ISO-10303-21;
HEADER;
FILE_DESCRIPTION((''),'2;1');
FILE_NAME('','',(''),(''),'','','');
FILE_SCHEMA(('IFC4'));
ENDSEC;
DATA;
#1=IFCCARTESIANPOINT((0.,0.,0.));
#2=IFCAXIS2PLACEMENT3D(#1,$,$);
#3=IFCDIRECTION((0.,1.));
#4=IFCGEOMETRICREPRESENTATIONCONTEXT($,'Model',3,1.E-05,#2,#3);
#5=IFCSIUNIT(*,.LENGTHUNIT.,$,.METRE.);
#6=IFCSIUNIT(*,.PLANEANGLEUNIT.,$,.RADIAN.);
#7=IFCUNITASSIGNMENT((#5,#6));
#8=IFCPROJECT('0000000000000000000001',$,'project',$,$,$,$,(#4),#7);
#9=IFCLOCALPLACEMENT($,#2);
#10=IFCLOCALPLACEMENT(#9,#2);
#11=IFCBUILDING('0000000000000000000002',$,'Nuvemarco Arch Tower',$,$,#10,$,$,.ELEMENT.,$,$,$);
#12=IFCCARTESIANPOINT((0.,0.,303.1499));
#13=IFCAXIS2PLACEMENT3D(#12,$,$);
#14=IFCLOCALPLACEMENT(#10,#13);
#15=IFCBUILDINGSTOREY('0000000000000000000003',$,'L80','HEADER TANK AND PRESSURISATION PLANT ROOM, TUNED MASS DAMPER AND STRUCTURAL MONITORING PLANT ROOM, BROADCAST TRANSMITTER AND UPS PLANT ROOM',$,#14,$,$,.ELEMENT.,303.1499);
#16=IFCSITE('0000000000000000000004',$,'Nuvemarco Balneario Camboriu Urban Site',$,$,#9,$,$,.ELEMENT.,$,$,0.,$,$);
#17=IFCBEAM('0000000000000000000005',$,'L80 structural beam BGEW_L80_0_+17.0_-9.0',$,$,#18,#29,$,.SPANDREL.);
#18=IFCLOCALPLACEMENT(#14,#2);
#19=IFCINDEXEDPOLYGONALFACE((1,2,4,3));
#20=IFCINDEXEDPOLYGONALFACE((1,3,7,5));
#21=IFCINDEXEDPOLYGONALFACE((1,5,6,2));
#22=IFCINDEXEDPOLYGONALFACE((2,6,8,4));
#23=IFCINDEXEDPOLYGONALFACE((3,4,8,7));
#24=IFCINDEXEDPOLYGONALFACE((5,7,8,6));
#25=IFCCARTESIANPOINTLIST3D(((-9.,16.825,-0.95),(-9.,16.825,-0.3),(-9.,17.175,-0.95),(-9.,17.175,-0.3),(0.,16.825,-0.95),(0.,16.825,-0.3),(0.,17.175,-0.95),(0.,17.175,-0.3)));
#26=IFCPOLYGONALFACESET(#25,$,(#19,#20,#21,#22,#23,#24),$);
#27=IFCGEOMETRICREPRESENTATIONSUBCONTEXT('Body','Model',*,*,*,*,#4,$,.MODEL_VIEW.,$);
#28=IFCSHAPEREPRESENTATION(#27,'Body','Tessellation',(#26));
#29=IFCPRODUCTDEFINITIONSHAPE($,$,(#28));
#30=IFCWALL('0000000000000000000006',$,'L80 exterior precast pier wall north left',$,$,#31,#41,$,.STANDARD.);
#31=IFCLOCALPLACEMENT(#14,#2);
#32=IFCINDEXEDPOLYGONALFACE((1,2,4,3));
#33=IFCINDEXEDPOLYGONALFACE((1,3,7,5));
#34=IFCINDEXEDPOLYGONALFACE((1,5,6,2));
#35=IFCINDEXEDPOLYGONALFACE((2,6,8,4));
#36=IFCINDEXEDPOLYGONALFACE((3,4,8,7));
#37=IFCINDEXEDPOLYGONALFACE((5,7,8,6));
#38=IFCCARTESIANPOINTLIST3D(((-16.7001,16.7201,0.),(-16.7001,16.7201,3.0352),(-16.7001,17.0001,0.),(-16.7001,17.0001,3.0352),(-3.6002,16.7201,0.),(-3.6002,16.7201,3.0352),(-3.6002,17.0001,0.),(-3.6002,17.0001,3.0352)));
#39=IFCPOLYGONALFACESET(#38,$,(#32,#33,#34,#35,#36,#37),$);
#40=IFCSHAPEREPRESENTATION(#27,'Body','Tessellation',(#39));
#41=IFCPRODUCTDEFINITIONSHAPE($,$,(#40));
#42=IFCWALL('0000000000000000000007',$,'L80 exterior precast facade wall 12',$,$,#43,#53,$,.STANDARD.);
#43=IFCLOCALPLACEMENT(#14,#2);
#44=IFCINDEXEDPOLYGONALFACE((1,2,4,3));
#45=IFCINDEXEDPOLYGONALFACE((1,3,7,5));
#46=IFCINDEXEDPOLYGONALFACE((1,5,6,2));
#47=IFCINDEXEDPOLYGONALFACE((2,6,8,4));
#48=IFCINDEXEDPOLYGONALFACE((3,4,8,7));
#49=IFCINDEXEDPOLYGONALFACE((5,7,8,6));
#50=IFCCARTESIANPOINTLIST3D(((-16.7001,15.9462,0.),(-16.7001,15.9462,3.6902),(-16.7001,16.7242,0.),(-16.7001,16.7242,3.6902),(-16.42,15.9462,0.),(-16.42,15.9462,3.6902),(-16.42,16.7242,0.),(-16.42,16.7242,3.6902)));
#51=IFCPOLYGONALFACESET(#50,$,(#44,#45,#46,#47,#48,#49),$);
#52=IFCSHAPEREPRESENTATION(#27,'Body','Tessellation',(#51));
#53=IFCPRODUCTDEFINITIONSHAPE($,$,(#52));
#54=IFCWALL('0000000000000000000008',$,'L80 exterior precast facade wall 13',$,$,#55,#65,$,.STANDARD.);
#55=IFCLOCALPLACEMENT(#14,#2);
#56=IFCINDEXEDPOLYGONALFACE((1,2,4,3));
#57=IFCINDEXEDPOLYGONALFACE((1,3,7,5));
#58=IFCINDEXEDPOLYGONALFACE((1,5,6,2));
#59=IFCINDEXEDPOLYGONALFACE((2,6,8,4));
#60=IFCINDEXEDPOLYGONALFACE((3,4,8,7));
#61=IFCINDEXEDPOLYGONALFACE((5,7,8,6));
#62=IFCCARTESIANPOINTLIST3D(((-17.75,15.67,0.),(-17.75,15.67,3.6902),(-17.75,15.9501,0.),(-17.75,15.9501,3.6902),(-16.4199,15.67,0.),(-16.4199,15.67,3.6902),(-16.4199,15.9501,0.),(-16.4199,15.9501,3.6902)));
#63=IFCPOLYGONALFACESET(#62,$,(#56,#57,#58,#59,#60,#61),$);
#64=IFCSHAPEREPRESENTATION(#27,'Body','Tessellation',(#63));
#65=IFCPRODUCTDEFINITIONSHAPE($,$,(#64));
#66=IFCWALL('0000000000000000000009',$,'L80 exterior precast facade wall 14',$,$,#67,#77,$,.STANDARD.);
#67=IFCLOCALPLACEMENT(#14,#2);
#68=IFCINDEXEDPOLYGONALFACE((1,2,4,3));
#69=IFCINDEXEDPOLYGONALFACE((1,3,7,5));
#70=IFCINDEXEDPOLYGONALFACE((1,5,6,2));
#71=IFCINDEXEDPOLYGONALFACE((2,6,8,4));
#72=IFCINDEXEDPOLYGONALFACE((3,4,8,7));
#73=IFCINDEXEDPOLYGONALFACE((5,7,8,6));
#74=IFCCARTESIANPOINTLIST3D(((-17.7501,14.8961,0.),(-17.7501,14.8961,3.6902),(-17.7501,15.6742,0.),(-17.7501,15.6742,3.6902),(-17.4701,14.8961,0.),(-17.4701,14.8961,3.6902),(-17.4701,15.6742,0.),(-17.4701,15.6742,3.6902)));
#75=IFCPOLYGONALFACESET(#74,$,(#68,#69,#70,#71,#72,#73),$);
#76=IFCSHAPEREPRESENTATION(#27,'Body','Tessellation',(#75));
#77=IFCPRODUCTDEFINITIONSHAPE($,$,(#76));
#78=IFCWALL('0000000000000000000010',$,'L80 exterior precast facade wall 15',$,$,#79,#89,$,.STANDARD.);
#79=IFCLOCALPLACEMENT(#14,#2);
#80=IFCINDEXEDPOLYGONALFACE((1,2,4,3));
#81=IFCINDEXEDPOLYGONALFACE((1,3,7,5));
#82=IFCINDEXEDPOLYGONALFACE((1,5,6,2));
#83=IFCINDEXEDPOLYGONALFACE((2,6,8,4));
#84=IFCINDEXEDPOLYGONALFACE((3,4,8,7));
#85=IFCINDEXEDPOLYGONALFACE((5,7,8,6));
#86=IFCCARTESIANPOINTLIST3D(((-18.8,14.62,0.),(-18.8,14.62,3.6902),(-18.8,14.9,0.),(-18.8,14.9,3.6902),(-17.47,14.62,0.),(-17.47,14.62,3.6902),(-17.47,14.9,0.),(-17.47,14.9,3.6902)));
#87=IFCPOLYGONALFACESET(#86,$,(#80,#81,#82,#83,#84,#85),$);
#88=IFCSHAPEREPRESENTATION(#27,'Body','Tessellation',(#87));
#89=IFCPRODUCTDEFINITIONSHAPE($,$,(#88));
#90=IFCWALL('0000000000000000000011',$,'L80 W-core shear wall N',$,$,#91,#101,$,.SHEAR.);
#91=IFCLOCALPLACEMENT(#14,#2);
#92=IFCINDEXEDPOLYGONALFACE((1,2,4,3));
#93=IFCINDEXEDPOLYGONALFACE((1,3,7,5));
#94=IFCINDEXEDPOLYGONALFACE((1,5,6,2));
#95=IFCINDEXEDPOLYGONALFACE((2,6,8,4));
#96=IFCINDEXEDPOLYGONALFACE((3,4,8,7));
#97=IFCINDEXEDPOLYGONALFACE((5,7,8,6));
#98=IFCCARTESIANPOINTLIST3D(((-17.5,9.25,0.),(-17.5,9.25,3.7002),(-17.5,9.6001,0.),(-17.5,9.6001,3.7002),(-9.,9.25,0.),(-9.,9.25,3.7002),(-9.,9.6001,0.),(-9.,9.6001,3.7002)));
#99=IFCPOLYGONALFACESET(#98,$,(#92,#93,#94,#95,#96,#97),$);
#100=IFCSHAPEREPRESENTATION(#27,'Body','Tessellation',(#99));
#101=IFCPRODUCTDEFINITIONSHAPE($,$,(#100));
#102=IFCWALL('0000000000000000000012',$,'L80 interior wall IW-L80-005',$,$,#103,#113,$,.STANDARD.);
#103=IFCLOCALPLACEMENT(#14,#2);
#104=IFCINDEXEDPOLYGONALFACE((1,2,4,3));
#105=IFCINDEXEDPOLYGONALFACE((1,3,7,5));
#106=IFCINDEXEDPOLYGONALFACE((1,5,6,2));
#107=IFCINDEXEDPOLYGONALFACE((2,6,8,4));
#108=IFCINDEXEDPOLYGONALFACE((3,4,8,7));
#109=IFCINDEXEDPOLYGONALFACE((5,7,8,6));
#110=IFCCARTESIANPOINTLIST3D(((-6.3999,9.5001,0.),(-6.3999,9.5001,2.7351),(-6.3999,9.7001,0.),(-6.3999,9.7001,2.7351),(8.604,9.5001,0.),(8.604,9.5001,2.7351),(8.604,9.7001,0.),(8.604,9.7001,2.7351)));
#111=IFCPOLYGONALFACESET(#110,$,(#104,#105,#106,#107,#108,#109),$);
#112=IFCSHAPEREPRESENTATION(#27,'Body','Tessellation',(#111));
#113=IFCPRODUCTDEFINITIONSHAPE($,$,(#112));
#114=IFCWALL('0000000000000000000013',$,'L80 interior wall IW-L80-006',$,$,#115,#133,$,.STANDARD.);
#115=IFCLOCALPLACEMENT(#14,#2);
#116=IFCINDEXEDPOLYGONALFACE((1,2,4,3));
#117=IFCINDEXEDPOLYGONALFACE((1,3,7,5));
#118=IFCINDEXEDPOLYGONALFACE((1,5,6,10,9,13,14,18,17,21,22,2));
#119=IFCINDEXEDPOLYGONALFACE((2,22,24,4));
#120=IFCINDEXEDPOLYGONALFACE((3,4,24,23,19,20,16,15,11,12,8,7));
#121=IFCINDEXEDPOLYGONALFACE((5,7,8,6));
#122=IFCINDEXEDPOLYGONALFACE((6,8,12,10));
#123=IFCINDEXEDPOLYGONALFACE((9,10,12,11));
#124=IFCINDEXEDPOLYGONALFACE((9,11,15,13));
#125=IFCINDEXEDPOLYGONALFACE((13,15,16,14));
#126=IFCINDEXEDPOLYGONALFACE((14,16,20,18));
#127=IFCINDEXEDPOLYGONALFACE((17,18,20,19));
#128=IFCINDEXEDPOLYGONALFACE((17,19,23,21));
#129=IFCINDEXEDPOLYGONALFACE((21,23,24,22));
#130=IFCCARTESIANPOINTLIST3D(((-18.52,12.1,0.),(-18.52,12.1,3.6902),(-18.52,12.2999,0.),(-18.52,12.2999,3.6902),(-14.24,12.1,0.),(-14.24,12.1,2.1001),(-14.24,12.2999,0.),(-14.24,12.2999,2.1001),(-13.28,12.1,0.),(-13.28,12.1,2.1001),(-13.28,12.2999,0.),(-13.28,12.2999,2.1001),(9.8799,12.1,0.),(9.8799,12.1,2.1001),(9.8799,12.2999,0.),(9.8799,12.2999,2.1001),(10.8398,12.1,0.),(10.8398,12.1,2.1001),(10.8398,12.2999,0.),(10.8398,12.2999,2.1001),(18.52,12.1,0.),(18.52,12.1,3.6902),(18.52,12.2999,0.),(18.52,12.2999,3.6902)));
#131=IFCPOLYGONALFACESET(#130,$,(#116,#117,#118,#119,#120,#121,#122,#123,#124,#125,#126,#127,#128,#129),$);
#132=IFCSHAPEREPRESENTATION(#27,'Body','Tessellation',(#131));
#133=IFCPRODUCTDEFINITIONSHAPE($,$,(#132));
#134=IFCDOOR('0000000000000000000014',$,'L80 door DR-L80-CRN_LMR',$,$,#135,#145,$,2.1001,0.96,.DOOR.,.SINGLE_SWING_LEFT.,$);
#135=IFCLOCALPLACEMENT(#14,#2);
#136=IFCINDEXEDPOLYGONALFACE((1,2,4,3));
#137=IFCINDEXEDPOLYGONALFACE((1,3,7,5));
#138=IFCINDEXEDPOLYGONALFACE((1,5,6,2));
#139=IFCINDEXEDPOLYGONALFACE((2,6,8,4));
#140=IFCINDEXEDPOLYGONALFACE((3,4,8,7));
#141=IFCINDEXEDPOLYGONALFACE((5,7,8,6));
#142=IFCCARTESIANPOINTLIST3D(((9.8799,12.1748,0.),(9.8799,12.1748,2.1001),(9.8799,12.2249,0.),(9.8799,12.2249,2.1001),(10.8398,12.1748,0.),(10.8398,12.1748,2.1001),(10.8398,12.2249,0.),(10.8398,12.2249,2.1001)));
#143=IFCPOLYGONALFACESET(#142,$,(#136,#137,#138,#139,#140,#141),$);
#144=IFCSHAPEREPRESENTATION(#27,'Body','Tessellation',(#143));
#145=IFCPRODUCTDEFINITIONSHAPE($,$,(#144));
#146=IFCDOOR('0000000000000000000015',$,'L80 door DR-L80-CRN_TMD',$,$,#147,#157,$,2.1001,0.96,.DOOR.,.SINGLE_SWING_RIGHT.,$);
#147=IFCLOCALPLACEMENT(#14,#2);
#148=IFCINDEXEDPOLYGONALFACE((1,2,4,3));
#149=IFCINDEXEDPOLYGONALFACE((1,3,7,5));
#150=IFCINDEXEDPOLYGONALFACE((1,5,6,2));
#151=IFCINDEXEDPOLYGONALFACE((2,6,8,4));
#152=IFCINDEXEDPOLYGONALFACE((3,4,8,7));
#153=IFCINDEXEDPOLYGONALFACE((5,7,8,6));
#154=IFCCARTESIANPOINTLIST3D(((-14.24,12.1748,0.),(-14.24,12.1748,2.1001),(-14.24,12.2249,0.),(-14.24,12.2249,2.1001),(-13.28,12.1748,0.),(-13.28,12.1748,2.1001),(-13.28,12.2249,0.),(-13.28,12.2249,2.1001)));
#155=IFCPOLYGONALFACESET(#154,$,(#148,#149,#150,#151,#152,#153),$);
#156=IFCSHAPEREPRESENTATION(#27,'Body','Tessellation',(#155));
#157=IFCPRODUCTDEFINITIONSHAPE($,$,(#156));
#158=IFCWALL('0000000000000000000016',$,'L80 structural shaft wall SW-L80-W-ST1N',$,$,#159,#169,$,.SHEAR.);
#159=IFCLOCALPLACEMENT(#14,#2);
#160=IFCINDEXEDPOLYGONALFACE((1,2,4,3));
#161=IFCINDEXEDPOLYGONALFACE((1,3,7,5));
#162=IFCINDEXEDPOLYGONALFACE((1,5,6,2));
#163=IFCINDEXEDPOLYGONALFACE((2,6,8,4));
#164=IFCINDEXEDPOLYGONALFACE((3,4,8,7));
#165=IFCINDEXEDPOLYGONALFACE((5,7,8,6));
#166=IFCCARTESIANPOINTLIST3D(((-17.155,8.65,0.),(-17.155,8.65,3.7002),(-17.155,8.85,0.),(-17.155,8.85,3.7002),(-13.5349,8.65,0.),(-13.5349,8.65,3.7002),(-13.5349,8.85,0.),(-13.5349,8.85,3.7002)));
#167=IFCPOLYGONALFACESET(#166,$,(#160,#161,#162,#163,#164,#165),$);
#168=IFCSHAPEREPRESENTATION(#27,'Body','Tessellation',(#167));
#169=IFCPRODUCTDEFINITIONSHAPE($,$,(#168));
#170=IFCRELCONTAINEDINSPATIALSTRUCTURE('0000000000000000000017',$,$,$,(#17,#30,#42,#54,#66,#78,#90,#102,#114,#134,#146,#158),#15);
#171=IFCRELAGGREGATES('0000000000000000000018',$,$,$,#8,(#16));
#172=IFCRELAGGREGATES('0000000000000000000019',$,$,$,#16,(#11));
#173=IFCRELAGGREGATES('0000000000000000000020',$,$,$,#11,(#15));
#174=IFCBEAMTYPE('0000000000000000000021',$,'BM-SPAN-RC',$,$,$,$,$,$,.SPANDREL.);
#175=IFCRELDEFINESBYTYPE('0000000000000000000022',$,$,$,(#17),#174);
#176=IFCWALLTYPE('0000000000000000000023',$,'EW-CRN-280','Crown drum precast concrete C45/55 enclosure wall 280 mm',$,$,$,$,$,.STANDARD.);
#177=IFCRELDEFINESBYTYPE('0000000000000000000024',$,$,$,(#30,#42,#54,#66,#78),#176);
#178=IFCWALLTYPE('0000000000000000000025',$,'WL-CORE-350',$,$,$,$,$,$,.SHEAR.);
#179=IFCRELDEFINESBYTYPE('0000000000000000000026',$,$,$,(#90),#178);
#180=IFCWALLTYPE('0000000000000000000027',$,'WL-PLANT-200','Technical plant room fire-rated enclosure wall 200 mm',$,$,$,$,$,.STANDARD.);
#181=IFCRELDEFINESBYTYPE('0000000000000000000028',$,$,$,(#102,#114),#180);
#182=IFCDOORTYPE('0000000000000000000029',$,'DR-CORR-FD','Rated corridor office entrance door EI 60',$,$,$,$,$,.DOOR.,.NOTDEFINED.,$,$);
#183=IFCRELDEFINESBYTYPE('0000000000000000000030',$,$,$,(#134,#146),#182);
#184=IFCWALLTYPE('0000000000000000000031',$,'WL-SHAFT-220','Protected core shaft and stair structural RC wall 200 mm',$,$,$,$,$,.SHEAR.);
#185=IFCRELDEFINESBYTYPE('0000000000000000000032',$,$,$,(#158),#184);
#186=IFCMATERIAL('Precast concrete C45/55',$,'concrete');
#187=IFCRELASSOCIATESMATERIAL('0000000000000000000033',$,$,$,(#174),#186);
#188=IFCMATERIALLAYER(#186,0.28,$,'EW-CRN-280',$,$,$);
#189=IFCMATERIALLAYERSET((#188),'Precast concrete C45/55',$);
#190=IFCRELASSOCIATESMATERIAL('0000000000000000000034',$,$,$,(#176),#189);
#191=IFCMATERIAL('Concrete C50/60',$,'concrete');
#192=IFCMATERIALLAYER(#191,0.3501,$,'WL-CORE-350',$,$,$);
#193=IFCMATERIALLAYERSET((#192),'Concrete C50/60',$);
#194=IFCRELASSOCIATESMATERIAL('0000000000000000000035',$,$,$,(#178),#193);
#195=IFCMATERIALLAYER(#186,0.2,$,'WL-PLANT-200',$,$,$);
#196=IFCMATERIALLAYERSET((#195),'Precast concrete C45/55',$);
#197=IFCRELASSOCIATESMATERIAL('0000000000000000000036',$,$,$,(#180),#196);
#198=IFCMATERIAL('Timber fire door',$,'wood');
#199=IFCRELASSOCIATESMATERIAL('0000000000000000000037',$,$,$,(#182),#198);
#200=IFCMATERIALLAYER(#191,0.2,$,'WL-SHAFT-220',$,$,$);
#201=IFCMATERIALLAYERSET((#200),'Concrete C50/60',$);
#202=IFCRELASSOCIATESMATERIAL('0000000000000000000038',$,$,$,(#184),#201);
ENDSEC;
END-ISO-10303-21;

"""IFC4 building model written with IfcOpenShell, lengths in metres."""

from ifc_helpers import new_model, si_unit, direction, frame, frame_2d, origin, origin_2d, place, context, subcontext, project, spatial, rectangle, extrude, source, transform, mapped, material, layer, layer_set, material_profile, profile_set, type_object, type_shapes, element, fill, save


model = new_model("IFC4")

# Units and contexts
model_context = context("Model", 3, precision=1e-05, world=origin(), true_north=direction((0.0, 1.0)))
body_context = subcontext(model_context, "Body", "Model", "MODEL_VIEW")
ifc_project = project(units=[si_unit("LENGTHUNIT", "METRE"), si_unit("PLANEANGLEUNIT", "RADIAN")], contexts=[model_context])

# Site, building, storey
site_placement = place(None, origin())
site = spatial("IfcSite", under=ifc_project, at=site_placement, Name="Nuvemarco Balneario Camboriu Urban Site", CompositionType="ELEMENT", RefElevation=0.0)
building_placement = place(site_placement, origin())
building = spatial("IfcBuilding", under=site, at=building_placement, Name="Nuvemarco Arch Tower", CompositionType="ELEMENT")
storey_placement = place(building_placement, frame((0.0, 0.0, 303.1499)))
storey = spatial("IfcBuildingStorey", under=building, at=storey_placement, Name="L80", Description="HEADER TANK AND PRESSURISATION PLANT ROOM, TUNED MASS DAMPER AND STRUCTURAL MONITORING PLANT ROOM, BROADCAST TRANSMITTER AND UPS PLANT ROOM", CompositionType="ELEMENT", Elevation=303.1499)

# Shared definitions
ifc_material_1 = material(Name="Concrete C50/60", Category="concrete")

# Beam
ifc_material_2 = material(Name="Precast concrete C45/55", Category="concrete")
ifc_material_profile_1 = material_profile(ifc_material_2, rectangle(XDim=0.3501, YDim=0.6499, at=origin_2d()), Name="PC-SP-350x650")
ifc_profile_set_1 = profile_set([ifc_material_profile_1], Name="Precast concrete C45/55")
beam_type_1 = type_object("IfcBeamType", Name="BM-SPAN-RC", PredefinedType="SPANDREL", material=ifc_profile_set_1)
beam_1_placement = place(storey_placement, frame((-9.0, 17.0, -0.625), z_axis=(1.0, 0.0, 0.0), x_axis=(0.0, 1.0, 0.0)))
element("IfcBeam", 1, at=beam_1_placement, inside=storey, type_object=beam_type_1, Name="L80 structural beam BGEW_L80_0_+17.0_-9.0", PredefinedType="SPANDREL", context=body_context, shape_type="SweptSolid", body=[
    extrude(rectangle(XDim=0.3501, YDim=0.6499, at=origin_2d()), origin(), (0.0, 0.0, 1.0), 9.0),
])

# Walls
ifc_layer_1 = layer(ifc_material_2, 0.28, Name="EW-CRN-280")
ifc_layer_set_1 = layer_set([ifc_layer_1], Name="Precast concrete C45/55")
wall_type_1 = type_object("IfcWallType", Name="EW-CRN-280", Description="Crown drum precast concrete C45/55 enclosure wall 280 mm", PredefinedType="STANDARD", material=ifc_layer_set_1)
wall_1_placement = place(storey_placement, frame((-16.7, 16.8601, 0.0), z_axis=(0.0, 0.0, 1.0), x_axis=(1.0, 0.0, 0.0)))
element("IfcWall", 2, at=wall_1_placement, inside=storey, type_object=wall_type_1, Name="L80 exterior precast pier wall north left", PredefinedType="STANDARD", context=body_context, shape_type="SweptSolid", body=[
    extrude(rectangle(XDim=13.0999, YDim=0.28, at=frame_2d((6.5498, 0.0))), origin(), (0.0, 0.0, 1.0), 3.0352),
])
wall_2_placement = place(storey_placement, frame((-16.5601, 15.946, 0.0), z_axis=(0.0, 0.0, 1.0), x_axis=(0.0, 1.0, 0.0)))
element("IfcWall", 3, at=wall_2_placement, inside=storey, type_object=wall_type_1, Name="L80 exterior precast facade wall 12", PredefinedType="STANDARD", context=body_context, shape_type="SweptSolid", body=[
    extrude(rectangle(XDim=0.7781, YDim=0.28, at=frame_2d((0.3892, 0.0))), origin(), (0.0, 0.0, 1.0), 3.6902),
])
wall_3_placement = place(storey_placement, frame((-17.75, 15.8101, 0.0), z_axis=(0.0, 0.0, 1.0), x_axis=(1.0, 0.0, 0.0)))
element("IfcWall", 4, at=wall_3_placement, inside=storey, type_object=wall_type_1, Name="L80 exterior precast facade wall 13", PredefinedType="STANDARD", context=body_context, shape_type="SweptSolid", body=[
    extrude(rectangle(XDim=1.3301, YDim=0.28, at=frame_2d((0.665, 0.0))), origin(), (0.0, 0.0, 1.0), 3.6902),
])
wall_4_placement = place(storey_placement, frame((-17.6101, 14.896, 0.0), z_axis=(0.0, 0.0, 1.0), x_axis=(0.0, 1.0, 0.0)))
element("IfcWall", 5, at=wall_4_placement, inside=storey, type_object=wall_type_1, Name="L80 exterior precast facade wall 14", PredefinedType="STANDARD", context=body_context, shape_type="SweptSolid", body=[
    extrude(rectangle(XDim=0.7781, YDim=0.28, at=frame_2d((0.3892, 0.0))), origin(), (0.0, 0.0, 1.0), 3.6902),
])
wall_5_placement = place(storey_placement, frame((-18.8, 14.76, 0.0), z_axis=(0.0, 0.0, 1.0), x_axis=(1.0, 0.0, 0.0)))
element("IfcWall", 6, at=wall_5_placement, inside=storey, type_object=wall_type_1, Name="L80 exterior precast facade wall 15", PredefinedType="STANDARD", context=body_context, shape_type="SweptSolid", body=[
    extrude(rectangle(XDim=1.3301, YDim=0.28, at=frame_2d((0.665, 0.0))), origin(), (0.0, 0.0, 1.0), 3.6902),
])
ifc_layer_2 = layer(ifc_material_1, 0.3501, Name="WL-CORE-350")
ifc_layer_set_2 = layer_set([ifc_layer_2], Name="Concrete C50/60")
wall_type_2 = type_object("IfcWallType", Name="WL-CORE-350", PredefinedType="SHEAR", material=ifc_layer_set_2)
wall_6_placement = place(storey_placement, frame((-17.5, 9.425, 0.0), z_axis=(0.0, 0.0, 1.0), x_axis=(1.0, 0.0, 0.0)))
element("IfcWall", 7, at=wall_6_placement, inside=storey, type_object=wall_type_2, Name="L80 W-core shear wall N", PredefinedType="SHEAR", context=body_context, shape_type="SweptSolid", body=[
    extrude(rectangle(XDim=8.5, YDim=0.3501, at=frame_2d((4.25, 0.0))), origin(), (0.0, 0.0, 1.0), 3.7002),
])
ifc_layer_3 = layer(ifc_material_2, 0.2, Name="WL-PLANT-200")
ifc_layer_set_3 = layer_set([ifc_layer_3], Name="Precast concrete C45/55")
wall_type_3 = type_object("IfcWallType", Name="WL-PLANT-200", Description="Technical plant room fire-rated enclosure wall 200 mm", PredefinedType="STANDARD", material=ifc_layer_set_3)
wall_7_placement = place(storey_placement, frame((-6.3999, 9.6001, 0.0), z_axis=(0.0, 0.0, 1.0), x_axis=(1.0, 0.0, 0.0)))
element("IfcWall", 8, at=wall_7_placement, inside=storey, type_object=wall_type_3, Name="L80 interior wall IW-L80-005", PredefinedType="STANDARD", context=body_context, shape_type="SweptSolid", body=[
    extrude(rectangle(XDim=15.0039, YDim=0.2, at=frame_2d((7.502, 0.0))), origin(), (0.0, 0.0, 1.0), 2.7351),
])

# Wall, openings, doors
wall_8_placement = place(storey_placement, frame((-18.52, 12.2, 0.0), z_axis=(0.0, 0.0, 1.0), x_axis=(1.0, 0.0, 0.0)))
wall_8 = element("IfcWall", 9, at=wall_8_placement, inside=storey, type_object=wall_type_3, Name="L80 interior wall IW-L80-006", PredefinedType="STANDARD", context=body_context, shape_type="SweptSolid", body=[
    extrude(rectangle(XDim=37.04, YDim=0.2, at=frame_2d((18.52, 0.0))), origin(), (0.0, 0.0, 1.0), 3.6902),
])
opening_1_placement = place(wall_8_placement, frame((28.3999, 0.0, 0.0)))
opening_1 = element("IfcOpeningElement", 10, at=opening_1_placement, cuts=wall_8, PredefinedType="OPENING", context=body_context, shape_type="SweptSolid", body=[
    extrude(rectangle(XDim=0.96, YDim=2.1001, at=frame_2d((0.48, 1.05))), frame((0.0, 0.1099, 0.0), z_axis=(0.0, -1.0, 0.0), x_axis=(1.0, 0.0, 0.0)), (0.0, 0.0, 1.0), 0.22),
])
opening_2_placement = place(wall_8_placement, frame((4.28, 0.0, 0.0)))
opening_2 = element("IfcOpeningElement", 11, at=opening_2_placement, cuts=wall_8, PredefinedType="OPENING", context=body_context, shape_type="SweptSolid", body=[
    extrude(rectangle(XDim=0.96, YDim=2.1001, at=frame_2d((0.48, 1.05))), frame((0.0, 0.1099, 0.0), z_axis=(0.0, -1.0, 0.0), x_axis=(1.0, 0.0, 0.0)), (0.0, 0.0, 1.0), 0.22),
])
ifc_material_3 = material(Name="Timber fire door", Category="wood")
door_type = type_object("IfcDoorType", Name="DR-CORR-FD", Description="Rated corridor office entrance door EI 60", OperationType="NOTDEFINED", PredefinedType="DOOR", material=ifc_material_3)
shared_shape_1 = source(origin(), body_context, "Body", "SweptSolid", [
    extrude(rectangle(XDim=0.96, YDim=2.1001, at=frame_2d((0.48, 1.05))), frame((0.0, 0.0249, 0.0), z_axis=(0.0, -1.0, 0.0), x_axis=(1.0, 0.0, 0.0)), (0.0, 0.0, 1.0), 0.05),
])
type_shapes(door_type, [shared_shape_1])
door_1_placement = place(opening_1_placement, origin())
door_1 = element("IfcDoor", 12, at=door_1_placement, inside=storey, type_object=door_type, Name="L80 door DR-L80-CRN_LMR", OperationType="SINGLE_SWING_LEFT", OverallHeight=2.1001, OverallWidth=0.96, PredefinedType="DOOR", context=body_context, shape_type="MappedRepresentation", body=[
    mapped(shared_shape_1, transform((0.0, 0.0, 0.0), scale=1.0)),
])
fill(opening_1, door_1)
door_2_placement = place(opening_2_placement, origin())
door_2 = element("IfcDoor", 13, at=door_2_placement, inside=storey, type_object=door_type, Name="L80 door DR-L80-CRN_TMD", OperationType="SINGLE_SWING_RIGHT", OverallHeight=2.1001, OverallWidth=0.96, PredefinedType="DOOR", context=body_context, shape_type="MappedRepresentation", body=[
    mapped(shared_shape_1, transform((0.0, 0.0, 0.0), scale=1.0)),
])
fill(opening_2, door_2)

# Wall
ifc_layer_4 = layer(ifc_material_1, 0.2, Name="WL-SHAFT-220")
ifc_layer_set_4 = layer_set([ifc_layer_4], Name="Concrete C50/60")
wall_type_4 = type_object("IfcWallType", Name="WL-SHAFT-220", Description="Protected core shaft and stair structural RC wall 200 mm", PredefinedType="SHEAR", material=ifc_layer_set_4)
wall_9_placement = place(storey_placement, frame((-17.155, 8.75, 0.0), z_axis=(0.0, 0.0, 1.0), x_axis=(1.0, 0.0, 0.0)))
element("IfcWall", 14, at=wall_9_placement, inside=storey, type_object=wall_type_4, Name="L80 structural shaft wall SW-L80-W-ST1N", PredefinedType="SHEAR", context=body_context, shape_type="SweptSolid", body=[
    extrude(rectangle(XDim=3.6201, YDim=0.2, at=frame_2d((1.8101, 0.0))), origin(), (0.0, 0.0, 1.0), 3.7002),
])

save(model, "model.ifc")
